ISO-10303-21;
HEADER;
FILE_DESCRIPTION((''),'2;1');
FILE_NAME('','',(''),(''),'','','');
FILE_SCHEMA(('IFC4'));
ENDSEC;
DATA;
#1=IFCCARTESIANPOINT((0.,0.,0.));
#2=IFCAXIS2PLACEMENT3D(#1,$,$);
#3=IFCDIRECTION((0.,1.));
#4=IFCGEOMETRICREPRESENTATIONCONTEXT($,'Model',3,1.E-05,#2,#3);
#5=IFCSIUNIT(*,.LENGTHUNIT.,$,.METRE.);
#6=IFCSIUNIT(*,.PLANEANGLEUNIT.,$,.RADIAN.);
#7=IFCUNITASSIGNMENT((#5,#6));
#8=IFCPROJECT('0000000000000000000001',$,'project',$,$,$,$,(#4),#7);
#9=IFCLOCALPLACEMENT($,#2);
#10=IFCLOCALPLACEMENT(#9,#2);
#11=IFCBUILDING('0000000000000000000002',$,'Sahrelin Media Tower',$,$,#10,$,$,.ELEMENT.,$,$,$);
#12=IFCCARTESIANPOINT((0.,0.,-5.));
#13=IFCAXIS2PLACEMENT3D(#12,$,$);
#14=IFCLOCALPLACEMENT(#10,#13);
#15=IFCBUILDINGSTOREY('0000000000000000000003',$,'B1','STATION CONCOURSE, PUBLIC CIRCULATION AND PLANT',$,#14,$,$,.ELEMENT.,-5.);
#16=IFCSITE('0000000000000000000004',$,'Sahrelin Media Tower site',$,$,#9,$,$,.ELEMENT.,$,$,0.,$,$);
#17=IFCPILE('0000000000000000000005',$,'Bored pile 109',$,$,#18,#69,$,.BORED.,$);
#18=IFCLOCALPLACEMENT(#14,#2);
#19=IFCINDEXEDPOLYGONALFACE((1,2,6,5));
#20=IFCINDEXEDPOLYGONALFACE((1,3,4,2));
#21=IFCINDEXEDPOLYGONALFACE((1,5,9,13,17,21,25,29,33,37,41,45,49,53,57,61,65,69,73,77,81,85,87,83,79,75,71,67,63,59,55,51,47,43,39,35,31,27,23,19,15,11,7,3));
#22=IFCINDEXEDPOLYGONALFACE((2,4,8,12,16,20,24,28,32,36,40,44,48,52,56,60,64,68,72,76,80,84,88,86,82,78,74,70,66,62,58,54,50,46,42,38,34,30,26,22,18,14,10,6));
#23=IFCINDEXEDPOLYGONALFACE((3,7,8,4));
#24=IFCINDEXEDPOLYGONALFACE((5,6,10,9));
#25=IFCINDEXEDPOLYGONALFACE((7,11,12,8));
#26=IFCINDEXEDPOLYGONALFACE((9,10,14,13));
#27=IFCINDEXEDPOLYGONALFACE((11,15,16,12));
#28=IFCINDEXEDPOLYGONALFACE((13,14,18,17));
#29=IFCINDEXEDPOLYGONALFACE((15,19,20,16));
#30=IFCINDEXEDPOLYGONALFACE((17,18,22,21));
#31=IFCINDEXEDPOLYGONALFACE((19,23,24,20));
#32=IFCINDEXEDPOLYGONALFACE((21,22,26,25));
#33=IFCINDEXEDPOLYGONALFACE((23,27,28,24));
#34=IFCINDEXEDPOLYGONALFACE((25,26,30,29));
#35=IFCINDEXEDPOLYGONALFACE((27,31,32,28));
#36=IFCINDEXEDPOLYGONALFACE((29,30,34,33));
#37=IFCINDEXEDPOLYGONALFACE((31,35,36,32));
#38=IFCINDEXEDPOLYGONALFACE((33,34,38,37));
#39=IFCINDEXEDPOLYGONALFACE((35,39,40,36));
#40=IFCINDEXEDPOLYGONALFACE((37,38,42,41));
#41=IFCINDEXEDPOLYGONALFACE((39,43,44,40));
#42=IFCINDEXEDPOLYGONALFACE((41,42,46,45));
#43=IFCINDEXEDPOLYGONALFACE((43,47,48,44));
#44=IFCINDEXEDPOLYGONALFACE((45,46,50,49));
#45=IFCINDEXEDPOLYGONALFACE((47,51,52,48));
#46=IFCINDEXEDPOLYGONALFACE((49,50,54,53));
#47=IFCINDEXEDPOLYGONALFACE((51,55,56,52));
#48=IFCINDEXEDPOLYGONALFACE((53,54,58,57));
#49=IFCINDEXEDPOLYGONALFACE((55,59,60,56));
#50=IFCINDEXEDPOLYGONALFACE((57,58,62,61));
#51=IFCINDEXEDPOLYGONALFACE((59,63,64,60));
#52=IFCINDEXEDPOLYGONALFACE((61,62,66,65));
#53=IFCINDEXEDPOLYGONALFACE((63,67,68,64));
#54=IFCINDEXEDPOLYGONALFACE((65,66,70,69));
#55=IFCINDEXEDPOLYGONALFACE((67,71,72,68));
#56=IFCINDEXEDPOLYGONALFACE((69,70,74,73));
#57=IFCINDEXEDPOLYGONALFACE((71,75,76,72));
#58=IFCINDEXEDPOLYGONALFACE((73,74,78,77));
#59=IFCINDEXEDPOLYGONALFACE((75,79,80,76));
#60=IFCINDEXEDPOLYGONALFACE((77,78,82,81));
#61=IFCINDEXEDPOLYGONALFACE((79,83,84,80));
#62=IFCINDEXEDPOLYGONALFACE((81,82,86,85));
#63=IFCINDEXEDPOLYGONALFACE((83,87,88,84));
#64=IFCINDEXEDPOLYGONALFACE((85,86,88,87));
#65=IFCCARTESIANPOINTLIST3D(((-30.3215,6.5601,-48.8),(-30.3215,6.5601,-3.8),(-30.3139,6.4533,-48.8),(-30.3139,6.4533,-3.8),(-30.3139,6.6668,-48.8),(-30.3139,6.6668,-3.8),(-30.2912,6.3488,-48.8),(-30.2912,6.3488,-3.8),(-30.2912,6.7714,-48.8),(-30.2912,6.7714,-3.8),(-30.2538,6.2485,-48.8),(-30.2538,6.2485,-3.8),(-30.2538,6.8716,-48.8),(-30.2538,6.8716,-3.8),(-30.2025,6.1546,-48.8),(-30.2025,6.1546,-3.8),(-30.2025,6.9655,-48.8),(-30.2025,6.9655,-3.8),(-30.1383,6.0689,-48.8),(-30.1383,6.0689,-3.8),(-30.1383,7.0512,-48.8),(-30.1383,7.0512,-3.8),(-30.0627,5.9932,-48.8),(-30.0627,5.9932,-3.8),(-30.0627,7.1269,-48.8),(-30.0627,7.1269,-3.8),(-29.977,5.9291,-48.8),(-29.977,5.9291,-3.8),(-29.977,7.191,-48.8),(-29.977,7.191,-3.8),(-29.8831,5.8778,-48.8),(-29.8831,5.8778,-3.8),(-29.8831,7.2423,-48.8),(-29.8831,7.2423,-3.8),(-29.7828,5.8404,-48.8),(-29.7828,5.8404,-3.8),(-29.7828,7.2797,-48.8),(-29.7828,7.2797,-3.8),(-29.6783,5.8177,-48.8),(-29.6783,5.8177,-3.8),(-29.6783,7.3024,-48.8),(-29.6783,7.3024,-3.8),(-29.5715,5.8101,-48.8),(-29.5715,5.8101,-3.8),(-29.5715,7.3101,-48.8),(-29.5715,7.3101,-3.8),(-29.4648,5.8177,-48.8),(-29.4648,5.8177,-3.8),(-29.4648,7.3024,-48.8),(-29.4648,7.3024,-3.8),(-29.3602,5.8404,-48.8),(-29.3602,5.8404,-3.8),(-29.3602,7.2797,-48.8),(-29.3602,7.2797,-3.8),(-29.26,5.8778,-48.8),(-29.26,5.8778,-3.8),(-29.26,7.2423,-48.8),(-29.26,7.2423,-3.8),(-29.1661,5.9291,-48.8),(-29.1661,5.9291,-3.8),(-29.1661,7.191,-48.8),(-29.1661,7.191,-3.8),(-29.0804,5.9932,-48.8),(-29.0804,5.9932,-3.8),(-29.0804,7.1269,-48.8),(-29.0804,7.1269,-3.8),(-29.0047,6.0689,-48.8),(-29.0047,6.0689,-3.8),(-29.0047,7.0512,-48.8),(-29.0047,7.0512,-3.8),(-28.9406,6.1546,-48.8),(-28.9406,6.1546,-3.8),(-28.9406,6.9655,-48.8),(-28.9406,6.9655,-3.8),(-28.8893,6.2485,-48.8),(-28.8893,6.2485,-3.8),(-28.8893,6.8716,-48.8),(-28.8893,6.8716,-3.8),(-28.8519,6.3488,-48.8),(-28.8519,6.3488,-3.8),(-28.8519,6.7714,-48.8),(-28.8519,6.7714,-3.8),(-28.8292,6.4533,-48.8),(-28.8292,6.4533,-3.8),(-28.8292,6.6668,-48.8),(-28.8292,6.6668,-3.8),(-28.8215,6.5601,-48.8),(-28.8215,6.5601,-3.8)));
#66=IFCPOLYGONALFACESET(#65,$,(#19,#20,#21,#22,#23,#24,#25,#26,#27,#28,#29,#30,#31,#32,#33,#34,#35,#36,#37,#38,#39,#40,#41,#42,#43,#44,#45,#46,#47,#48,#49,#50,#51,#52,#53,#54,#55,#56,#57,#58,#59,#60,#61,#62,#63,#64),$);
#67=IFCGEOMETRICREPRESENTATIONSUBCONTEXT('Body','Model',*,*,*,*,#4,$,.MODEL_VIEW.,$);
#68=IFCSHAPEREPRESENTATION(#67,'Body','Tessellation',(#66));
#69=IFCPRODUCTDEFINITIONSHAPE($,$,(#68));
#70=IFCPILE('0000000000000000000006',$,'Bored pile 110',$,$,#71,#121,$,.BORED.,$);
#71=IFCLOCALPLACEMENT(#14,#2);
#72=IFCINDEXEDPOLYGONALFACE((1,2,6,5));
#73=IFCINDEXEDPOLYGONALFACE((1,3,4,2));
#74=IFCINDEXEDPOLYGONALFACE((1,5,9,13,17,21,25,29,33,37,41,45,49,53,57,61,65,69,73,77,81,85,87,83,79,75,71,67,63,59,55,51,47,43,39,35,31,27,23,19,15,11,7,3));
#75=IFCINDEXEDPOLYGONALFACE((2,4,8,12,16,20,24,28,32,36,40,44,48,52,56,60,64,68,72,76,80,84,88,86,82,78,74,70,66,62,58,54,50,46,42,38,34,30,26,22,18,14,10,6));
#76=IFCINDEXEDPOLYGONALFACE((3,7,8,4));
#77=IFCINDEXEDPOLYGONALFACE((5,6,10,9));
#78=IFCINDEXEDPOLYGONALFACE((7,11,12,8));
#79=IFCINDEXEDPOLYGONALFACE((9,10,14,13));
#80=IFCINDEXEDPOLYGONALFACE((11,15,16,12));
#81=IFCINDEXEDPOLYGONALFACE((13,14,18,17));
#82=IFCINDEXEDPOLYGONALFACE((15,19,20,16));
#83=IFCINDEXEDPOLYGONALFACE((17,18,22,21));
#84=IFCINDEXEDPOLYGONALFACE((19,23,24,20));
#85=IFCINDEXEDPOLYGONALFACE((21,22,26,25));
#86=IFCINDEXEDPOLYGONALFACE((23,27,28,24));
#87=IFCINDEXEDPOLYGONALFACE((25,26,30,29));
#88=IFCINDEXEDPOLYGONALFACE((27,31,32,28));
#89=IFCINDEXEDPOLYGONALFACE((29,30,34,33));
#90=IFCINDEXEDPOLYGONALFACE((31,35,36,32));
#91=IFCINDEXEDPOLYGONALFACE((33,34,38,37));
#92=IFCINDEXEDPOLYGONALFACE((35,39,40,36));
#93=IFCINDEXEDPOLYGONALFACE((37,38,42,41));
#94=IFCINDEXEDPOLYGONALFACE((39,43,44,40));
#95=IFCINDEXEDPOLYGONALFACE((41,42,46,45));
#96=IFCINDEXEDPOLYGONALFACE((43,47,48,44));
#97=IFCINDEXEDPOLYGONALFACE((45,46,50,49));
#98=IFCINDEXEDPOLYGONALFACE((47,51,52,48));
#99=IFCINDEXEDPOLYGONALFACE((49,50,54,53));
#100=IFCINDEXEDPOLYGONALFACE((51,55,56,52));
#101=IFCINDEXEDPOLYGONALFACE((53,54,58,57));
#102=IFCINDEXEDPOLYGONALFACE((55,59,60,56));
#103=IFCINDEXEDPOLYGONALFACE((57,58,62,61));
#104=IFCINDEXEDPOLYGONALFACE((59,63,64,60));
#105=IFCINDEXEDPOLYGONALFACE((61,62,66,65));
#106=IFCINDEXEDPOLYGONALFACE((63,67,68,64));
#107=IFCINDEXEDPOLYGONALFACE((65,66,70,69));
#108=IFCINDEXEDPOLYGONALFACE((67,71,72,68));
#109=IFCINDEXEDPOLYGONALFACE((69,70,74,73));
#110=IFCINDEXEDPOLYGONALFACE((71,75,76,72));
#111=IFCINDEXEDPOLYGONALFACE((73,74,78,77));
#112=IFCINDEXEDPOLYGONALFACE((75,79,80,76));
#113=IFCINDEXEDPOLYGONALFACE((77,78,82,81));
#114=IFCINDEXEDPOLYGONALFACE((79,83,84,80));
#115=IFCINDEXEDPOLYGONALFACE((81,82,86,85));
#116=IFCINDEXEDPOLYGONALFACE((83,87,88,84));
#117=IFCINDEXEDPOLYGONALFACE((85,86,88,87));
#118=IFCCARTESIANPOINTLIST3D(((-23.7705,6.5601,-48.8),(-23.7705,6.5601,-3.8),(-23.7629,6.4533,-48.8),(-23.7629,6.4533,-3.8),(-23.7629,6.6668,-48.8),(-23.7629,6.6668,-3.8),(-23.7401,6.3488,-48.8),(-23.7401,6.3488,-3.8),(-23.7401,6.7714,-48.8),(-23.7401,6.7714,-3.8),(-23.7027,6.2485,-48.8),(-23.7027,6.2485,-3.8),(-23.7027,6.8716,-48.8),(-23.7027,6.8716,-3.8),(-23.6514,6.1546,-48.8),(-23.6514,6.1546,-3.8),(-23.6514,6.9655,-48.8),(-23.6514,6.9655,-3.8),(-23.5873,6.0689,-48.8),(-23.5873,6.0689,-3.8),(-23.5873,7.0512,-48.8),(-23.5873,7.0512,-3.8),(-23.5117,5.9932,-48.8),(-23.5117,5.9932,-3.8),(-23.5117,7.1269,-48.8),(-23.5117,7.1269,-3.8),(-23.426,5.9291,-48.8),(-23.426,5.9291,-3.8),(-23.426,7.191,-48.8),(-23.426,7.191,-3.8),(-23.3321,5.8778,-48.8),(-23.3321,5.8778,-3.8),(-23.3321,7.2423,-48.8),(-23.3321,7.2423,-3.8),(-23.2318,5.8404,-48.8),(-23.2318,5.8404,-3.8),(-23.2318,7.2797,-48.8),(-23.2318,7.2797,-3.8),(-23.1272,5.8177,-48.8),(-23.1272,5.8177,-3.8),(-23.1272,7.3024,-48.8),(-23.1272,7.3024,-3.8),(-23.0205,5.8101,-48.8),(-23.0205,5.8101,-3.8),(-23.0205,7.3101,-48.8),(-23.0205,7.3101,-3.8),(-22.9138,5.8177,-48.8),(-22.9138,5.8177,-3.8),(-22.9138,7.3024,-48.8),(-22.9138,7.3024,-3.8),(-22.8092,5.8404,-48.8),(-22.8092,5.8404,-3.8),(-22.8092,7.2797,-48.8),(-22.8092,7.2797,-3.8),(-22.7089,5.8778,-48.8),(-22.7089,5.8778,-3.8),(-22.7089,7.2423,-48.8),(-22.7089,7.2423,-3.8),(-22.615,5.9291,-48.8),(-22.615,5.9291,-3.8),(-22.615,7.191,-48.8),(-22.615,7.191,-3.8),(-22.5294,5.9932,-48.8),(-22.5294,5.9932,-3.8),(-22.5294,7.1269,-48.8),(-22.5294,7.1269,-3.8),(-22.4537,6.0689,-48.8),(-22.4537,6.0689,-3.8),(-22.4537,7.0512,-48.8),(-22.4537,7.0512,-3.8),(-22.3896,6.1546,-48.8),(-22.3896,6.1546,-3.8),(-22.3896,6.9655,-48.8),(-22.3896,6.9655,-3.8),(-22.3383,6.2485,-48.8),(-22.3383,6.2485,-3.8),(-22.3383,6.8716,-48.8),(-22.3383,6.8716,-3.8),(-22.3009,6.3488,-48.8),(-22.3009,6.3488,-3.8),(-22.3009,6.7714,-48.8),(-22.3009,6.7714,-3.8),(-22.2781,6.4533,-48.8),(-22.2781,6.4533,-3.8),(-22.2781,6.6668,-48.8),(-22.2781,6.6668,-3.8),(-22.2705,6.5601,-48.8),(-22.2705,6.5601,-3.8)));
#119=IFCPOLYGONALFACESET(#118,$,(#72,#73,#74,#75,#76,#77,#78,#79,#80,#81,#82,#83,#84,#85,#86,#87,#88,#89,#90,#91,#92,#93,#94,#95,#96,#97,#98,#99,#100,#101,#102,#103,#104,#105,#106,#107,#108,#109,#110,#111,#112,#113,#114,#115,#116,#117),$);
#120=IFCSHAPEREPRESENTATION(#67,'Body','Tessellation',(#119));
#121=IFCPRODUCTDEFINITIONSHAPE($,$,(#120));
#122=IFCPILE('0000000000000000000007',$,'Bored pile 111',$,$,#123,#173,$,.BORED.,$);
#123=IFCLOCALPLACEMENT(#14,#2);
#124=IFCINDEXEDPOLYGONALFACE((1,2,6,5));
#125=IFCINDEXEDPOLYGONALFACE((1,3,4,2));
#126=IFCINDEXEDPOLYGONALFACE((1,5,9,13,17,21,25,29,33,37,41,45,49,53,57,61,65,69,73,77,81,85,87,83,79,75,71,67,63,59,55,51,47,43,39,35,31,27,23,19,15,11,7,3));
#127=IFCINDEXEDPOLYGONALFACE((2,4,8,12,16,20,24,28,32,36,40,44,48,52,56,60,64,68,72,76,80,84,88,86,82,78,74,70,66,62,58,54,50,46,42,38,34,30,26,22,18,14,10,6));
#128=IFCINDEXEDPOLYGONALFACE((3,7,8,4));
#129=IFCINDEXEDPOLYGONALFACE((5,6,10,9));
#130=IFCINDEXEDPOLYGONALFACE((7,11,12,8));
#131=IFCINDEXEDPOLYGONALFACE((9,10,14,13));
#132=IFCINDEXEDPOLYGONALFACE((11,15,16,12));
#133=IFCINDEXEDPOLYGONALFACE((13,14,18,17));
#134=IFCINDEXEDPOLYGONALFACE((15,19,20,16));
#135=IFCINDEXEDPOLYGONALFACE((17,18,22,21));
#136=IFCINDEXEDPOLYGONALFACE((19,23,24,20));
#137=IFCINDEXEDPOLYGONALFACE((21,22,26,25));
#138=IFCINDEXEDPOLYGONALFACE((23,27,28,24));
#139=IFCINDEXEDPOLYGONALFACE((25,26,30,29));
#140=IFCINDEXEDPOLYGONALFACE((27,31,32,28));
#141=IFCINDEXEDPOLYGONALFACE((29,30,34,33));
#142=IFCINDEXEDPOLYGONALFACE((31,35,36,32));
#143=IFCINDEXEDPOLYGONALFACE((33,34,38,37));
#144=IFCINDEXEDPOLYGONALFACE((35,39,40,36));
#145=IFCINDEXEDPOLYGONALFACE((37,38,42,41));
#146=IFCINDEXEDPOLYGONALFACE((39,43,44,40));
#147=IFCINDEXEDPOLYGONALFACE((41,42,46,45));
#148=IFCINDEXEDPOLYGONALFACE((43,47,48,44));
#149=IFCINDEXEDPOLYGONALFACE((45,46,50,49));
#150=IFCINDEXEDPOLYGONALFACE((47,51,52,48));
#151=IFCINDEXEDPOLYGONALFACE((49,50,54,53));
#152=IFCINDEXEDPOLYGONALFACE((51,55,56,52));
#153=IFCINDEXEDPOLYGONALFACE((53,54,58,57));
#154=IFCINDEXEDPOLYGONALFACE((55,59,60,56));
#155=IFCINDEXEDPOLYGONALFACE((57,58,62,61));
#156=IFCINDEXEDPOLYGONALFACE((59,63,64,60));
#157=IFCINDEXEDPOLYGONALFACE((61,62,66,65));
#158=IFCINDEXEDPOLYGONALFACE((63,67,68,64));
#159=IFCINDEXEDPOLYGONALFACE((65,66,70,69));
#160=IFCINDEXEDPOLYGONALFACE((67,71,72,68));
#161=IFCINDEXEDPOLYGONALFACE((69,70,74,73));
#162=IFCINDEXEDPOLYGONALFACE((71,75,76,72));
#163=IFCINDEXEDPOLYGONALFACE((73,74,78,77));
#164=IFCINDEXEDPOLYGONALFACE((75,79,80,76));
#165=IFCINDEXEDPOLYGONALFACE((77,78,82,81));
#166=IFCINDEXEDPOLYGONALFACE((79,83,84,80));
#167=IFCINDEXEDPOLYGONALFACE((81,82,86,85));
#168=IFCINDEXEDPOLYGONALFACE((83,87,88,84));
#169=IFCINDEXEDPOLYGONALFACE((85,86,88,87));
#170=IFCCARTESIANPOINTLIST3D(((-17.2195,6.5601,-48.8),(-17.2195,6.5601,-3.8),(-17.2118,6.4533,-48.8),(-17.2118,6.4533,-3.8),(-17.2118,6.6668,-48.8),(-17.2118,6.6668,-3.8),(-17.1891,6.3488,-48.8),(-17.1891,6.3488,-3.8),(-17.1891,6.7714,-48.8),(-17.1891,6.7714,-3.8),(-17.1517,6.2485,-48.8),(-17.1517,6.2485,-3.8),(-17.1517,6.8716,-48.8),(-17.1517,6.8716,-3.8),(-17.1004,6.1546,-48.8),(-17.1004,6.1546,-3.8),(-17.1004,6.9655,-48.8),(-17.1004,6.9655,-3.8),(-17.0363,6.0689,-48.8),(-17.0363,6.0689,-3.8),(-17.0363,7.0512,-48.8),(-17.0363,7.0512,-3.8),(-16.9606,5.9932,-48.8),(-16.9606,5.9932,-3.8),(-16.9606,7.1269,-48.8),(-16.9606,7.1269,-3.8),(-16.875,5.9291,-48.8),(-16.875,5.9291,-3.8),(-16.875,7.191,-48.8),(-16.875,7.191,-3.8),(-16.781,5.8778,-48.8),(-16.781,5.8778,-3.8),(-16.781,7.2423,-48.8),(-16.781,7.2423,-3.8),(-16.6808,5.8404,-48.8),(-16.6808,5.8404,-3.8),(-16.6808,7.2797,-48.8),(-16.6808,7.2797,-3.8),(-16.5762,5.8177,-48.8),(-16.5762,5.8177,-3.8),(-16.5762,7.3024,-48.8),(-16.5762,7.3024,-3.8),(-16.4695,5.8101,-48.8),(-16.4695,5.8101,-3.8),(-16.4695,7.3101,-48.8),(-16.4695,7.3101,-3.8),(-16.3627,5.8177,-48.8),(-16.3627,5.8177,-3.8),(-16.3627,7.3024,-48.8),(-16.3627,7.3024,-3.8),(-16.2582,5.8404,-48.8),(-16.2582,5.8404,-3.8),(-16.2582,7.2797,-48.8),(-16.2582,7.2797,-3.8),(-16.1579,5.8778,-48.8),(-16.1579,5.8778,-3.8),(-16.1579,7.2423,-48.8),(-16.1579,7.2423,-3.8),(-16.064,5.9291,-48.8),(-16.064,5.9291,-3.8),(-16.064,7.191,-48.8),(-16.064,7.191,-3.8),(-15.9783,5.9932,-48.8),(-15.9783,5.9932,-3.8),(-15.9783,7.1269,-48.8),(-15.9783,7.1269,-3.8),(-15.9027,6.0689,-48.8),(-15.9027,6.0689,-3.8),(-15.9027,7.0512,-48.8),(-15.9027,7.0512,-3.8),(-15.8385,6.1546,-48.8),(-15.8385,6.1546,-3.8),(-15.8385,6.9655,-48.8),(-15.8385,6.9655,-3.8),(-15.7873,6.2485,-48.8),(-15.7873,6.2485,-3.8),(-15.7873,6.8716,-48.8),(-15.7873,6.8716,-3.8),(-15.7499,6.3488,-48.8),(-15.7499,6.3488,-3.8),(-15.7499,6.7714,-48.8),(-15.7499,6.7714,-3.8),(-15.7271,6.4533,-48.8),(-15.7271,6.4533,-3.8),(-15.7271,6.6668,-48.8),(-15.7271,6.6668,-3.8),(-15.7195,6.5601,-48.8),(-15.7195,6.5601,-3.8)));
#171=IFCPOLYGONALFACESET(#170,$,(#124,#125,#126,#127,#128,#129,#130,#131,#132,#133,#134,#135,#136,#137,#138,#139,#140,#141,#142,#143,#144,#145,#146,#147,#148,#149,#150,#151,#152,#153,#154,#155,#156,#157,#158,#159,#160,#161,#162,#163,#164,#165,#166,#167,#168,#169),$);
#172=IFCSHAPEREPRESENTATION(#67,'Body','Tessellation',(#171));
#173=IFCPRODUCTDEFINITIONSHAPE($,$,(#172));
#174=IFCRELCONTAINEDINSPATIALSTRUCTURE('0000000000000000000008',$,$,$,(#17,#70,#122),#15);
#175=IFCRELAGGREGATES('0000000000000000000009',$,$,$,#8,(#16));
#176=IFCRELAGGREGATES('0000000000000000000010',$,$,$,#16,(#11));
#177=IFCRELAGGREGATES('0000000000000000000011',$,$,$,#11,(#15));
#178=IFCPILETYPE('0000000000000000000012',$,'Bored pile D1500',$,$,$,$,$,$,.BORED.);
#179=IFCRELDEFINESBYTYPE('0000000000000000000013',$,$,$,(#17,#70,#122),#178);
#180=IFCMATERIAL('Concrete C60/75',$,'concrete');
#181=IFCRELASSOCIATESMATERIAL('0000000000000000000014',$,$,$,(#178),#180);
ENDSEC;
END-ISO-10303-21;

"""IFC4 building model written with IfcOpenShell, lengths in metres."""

from ifc_helpers import new_model, si_unit, direction, frame, origin, origin_2d, place, context, subcontext, project, spatial, circle, extrude, material, material_profile, profile_set, type_object, element, save


model = new_model("IFC4")

# Units and contexts
model_context = context("Model", 3, precision=1e-05, world=origin(), true_north=direction((0.0, 1.0)))
body_context = subcontext(model_context, "Body", "Model", "MODEL_VIEW")
ifc_project = project(units=[si_unit("LENGTHUNIT", "METRE"), si_unit("PLANEANGLEUNIT", "RADIAN")], contexts=[model_context])

# Site, building, storey
site_placement = place(None, origin())
site = spatial("IfcSite", under=ifc_project, at=site_placement, Name="Sahrelin Media Tower site", CompositionType="ELEMENT", RefElevation=0.0)
building_placement = place(site_placement, origin())
building = spatial("IfcBuilding", under=site, at=building_placement, Name="Sahrelin Media Tower", CompositionType="ELEMENT")
storey_placement = place(building_placement, frame((0.0, 0.0, -5.0)))
storey = spatial("IfcBuildingStorey", under=building, at=storey_placement, Name="B1", Description="STATION CONCOURSE, PUBLIC CIRCULATION AND PLANT", CompositionType="ELEMENT", Elevation=-5.0)

# Piles
ifc_material_1 = material(Name="Concrete C60/75", Category="concrete")
ifc_material_profile_1 = material_profile(ifc_material_1, circle(Radius=0.75, at=origin_2d()), Name="Bored pile D1500")
ifc_profile_set_1 = profile_set([ifc_material_profile_1], Name="Concrete C60/75")
pile_type = type_object("IfcPileType", Name="Bored pile D1500", PredefinedType="BORED", material=ifc_profile_set_1)
for number, where, z_axis, x_axis, name in (
    (1, (-29.5715, 6.5601, -3.8), (0.0, 0.0, -1.0), (1.0, 0.0, 0.0), "Bored pile 109"),
    (2, (-23.0205, 6.5601, -3.8), (0.0, 0.0, -1.0), (1.0, 0.0, 0.0), "Bored pile 110"),
    (3, (-16.4695, 6.5601, -3.8), (0.0, 0.0, -1.0), (1.0, 0.0, 0.0), "Bored pile 111"),
):
    element("IfcPile", number, at=place(storey_placement, frame(where, z_axis=z_axis, x_axis=x_axis)), inside=storey, type_object=pile_type, Name=name, PredefinedType="BORED", context=body_context, shape_type="SweptSolid", body=[
        extrude(circle(Radius=0.75, at=origin_2d()), origin(), (0.0, 0.0, 1.0), 45.0),
    ])

save(model, "model.ifc")
